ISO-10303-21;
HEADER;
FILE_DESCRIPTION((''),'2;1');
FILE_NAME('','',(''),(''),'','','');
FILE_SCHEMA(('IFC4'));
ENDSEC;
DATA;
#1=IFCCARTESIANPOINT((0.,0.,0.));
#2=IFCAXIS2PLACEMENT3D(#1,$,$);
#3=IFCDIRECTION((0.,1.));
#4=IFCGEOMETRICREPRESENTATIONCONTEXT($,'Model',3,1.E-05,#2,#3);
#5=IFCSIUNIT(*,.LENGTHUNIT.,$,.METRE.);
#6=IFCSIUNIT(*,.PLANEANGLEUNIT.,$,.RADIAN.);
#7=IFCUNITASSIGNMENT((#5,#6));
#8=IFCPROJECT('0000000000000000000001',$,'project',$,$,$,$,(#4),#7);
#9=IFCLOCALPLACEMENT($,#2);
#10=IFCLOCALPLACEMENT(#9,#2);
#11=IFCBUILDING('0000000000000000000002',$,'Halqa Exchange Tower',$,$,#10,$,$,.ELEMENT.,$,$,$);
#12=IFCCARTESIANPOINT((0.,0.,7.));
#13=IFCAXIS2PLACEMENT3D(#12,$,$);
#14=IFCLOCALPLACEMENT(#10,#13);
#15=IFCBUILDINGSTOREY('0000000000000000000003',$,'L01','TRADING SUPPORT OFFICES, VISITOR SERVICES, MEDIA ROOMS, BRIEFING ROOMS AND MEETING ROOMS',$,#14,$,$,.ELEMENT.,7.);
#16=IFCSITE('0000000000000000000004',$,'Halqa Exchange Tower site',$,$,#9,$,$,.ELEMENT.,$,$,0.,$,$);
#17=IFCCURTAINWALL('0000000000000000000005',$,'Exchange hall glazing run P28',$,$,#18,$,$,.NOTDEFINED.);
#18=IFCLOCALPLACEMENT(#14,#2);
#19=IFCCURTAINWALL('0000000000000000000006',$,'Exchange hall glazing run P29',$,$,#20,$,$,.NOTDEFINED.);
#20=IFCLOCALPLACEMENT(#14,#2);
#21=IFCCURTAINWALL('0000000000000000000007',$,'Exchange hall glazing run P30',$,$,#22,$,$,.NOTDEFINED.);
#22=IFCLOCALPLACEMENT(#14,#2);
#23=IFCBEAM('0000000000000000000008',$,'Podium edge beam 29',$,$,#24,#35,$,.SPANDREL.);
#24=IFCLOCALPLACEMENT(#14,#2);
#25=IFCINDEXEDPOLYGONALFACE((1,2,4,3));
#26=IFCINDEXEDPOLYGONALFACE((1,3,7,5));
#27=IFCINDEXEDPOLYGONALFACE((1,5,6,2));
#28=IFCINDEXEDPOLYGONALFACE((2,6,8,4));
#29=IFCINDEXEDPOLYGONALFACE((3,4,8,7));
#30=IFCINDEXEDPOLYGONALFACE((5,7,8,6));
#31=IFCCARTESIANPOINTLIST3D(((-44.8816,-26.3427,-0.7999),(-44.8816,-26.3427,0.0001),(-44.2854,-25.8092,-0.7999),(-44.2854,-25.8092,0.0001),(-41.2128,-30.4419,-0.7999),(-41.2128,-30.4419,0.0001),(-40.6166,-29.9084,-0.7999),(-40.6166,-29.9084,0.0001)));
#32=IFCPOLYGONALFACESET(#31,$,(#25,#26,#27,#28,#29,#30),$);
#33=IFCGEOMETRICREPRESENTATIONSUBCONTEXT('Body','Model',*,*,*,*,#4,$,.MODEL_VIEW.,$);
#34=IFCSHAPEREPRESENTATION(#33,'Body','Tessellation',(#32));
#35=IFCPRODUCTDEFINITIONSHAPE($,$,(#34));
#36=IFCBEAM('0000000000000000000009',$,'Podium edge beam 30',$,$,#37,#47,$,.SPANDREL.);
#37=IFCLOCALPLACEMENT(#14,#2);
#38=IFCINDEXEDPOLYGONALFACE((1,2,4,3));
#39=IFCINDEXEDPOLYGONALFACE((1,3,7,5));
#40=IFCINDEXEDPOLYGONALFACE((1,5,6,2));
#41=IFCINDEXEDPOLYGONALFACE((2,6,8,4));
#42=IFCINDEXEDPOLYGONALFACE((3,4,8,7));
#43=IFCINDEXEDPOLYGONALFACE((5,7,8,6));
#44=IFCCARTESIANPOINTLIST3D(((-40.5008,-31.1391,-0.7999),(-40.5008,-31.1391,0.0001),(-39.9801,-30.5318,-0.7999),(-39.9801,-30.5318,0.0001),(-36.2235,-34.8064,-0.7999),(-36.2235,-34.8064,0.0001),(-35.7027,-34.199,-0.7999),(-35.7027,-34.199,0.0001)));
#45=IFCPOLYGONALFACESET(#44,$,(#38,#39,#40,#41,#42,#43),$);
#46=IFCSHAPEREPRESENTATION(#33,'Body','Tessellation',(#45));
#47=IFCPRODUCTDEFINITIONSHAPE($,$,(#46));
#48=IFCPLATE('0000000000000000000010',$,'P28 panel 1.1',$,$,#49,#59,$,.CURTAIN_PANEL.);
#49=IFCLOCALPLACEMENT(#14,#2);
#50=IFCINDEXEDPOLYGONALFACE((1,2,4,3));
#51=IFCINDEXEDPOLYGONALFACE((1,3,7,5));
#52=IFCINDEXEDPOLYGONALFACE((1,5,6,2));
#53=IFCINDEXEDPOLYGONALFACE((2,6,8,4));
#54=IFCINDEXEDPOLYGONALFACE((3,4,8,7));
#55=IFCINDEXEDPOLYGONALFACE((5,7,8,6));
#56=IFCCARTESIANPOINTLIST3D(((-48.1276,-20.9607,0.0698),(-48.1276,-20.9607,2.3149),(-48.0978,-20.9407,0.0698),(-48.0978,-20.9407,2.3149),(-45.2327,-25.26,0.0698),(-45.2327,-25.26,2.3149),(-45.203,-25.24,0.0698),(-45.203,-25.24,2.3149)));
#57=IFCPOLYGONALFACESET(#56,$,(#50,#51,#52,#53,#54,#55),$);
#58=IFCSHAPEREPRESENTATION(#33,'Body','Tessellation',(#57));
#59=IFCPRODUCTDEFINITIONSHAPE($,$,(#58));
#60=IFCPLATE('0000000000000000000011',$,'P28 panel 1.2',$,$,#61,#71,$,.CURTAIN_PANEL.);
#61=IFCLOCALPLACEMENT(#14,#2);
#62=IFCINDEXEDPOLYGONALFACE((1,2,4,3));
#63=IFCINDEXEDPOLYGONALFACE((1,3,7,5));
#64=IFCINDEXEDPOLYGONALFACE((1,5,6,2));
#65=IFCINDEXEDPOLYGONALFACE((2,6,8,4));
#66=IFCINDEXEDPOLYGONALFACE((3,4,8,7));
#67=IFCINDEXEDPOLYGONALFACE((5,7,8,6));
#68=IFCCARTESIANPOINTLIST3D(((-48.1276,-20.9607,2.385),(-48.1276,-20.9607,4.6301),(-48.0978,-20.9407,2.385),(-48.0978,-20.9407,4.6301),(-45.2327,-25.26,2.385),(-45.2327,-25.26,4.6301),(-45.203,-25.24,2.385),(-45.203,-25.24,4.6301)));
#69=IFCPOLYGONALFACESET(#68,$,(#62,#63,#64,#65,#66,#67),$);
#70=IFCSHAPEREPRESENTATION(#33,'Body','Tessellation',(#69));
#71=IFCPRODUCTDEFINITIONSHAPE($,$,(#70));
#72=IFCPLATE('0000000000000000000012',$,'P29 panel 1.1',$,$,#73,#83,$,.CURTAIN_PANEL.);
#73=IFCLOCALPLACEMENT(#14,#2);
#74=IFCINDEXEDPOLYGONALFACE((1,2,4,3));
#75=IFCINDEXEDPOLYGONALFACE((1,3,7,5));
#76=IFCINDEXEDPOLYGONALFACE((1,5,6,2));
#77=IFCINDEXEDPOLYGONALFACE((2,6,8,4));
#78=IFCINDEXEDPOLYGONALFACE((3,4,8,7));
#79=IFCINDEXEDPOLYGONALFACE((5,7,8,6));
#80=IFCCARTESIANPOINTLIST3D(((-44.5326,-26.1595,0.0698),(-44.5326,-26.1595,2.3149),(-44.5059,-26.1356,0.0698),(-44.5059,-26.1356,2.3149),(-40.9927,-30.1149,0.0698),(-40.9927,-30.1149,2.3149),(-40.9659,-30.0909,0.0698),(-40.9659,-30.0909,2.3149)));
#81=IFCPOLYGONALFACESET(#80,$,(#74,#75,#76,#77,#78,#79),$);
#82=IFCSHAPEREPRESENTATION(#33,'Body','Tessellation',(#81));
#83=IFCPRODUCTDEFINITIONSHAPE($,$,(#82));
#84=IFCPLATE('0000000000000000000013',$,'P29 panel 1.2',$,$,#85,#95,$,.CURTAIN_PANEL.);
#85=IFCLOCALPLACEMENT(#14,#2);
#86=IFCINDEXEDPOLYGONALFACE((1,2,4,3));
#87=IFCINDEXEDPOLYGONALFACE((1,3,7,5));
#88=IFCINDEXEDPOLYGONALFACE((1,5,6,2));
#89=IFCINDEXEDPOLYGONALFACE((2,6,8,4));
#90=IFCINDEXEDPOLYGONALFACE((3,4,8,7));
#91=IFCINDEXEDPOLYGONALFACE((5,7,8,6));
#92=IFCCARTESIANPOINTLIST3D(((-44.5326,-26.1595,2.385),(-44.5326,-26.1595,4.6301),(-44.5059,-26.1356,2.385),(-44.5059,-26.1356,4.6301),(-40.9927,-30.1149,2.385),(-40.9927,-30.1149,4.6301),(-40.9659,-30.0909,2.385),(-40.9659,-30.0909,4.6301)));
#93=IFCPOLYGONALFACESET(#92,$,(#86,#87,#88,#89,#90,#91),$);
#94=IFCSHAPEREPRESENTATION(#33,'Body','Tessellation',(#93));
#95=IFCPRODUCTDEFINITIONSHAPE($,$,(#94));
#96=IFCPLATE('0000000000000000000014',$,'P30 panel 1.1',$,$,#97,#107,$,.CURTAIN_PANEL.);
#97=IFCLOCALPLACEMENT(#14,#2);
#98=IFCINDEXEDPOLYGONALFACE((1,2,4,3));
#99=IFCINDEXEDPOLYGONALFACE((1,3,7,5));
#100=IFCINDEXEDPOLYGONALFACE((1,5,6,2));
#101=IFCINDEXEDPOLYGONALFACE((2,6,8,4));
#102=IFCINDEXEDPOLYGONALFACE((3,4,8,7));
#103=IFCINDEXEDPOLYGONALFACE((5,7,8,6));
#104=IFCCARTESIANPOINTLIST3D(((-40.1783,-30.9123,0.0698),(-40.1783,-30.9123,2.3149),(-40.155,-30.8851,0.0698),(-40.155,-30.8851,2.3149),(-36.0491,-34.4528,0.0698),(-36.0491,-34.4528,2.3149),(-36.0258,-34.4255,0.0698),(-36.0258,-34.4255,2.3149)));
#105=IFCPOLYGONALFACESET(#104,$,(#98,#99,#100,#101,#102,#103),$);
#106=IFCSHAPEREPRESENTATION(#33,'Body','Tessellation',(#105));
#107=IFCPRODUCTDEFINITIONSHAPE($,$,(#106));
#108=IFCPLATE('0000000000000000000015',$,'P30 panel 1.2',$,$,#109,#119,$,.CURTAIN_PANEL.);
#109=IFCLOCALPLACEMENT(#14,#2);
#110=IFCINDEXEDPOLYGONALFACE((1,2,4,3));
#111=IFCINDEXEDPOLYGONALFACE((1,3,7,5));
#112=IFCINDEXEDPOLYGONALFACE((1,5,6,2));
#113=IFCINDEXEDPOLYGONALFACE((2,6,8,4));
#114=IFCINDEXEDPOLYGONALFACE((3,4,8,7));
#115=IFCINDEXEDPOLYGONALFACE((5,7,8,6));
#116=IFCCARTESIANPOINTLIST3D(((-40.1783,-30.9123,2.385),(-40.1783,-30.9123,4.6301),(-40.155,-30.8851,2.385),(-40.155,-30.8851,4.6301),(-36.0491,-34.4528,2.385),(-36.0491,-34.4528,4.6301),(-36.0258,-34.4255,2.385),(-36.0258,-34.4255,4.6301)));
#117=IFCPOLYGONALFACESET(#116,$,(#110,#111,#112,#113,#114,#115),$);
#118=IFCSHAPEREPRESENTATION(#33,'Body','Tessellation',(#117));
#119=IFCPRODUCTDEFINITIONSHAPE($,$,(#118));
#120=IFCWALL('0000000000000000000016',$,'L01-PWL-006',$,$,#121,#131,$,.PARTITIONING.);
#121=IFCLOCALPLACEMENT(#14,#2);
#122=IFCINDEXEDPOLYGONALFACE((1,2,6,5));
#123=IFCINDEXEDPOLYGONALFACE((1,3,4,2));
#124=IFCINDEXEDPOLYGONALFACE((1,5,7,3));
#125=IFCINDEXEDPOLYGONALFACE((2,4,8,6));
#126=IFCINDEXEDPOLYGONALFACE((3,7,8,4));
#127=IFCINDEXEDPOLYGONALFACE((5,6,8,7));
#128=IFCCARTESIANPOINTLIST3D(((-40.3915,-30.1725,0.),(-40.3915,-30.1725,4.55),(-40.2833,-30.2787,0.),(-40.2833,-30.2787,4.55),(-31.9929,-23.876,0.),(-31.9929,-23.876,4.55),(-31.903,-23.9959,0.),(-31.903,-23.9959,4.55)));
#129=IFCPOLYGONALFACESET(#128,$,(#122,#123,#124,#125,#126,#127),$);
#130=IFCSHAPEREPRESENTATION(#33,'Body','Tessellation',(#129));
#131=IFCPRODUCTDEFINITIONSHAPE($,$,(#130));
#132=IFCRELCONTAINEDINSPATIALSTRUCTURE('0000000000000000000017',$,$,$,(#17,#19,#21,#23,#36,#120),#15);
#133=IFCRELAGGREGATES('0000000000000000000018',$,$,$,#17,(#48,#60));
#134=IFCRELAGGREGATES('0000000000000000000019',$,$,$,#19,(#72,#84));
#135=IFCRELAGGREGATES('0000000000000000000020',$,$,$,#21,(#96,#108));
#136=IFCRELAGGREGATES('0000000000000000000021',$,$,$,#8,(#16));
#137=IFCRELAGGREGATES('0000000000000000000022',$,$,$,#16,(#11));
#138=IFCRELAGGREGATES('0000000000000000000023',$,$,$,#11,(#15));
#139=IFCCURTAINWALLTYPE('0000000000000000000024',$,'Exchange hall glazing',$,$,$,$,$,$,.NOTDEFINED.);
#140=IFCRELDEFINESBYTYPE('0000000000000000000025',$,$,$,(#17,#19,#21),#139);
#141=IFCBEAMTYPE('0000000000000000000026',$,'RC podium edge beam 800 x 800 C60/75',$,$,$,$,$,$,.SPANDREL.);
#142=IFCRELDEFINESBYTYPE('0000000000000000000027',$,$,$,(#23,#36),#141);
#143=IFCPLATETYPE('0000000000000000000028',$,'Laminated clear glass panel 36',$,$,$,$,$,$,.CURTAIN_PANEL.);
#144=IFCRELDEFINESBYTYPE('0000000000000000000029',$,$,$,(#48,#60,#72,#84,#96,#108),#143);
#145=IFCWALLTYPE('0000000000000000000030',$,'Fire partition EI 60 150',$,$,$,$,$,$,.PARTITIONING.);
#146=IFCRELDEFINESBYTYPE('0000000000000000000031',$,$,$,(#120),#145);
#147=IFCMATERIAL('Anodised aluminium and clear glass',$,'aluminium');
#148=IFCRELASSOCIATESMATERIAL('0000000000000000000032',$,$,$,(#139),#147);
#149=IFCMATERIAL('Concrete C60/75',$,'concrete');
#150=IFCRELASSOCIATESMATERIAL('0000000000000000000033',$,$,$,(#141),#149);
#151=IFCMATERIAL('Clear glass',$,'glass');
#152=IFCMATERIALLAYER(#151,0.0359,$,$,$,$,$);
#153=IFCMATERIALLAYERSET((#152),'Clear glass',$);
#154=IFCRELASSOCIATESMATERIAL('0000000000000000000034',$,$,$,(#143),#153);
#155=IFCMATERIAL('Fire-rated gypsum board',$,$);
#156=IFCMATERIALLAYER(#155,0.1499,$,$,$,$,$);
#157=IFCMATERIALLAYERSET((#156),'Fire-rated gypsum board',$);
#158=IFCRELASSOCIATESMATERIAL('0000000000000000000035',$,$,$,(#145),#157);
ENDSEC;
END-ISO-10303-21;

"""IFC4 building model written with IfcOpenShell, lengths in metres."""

from ifc_helpers import new_model, si_unit, direction, frame, origin, origin_2d, place, context, subcontext, project, spatial, polyline, rectangle, outline, extrude, material, layer, layer_set, material_profile, profile_set, type_object, element, aggregate, save


model = new_model("IFC4")

# Units and contexts
model_context = context("Model", 3, precision=1e-05, world=origin(), true_north=direction((0.0, 1.0)))
body_context = subcontext(model_context, "Body", "Model", "MODEL_VIEW")
ifc_project = project(units=[si_unit("LENGTHUNIT", "METRE"), si_unit("PLANEANGLEUNIT", "RADIAN")], contexts=[model_context])

# Site, building, storey
site_placement = place(None, origin())
site = spatial("IfcSite", under=ifc_project, at=site_placement, Name="Halqa Exchange Tower site", CompositionType="ELEMENT", RefElevation=0.0)
building_placement = place(site_placement, origin())
building = spatial("IfcBuilding", under=site, at=building_placement, Name="Halqa Exchange Tower", CompositionType="ELEMENT")
storey_placement = place(building_placement, frame((0.0, 0.0, 7.0)))
storey = spatial("IfcBuildingStorey", under=building, at=storey_placement, Name="L01", Description="TRADING SUPPORT OFFICES, VISITOR SERVICES, MEDIA ROOMS, BRIEFING ROOMS AND MEETING ROOMS", CompositionType="ELEMENT", Elevation=7.0)

# Shared definitions
ifc_material_1 = material(Name="Concrete C60/75", Category="concrete")

# Curtain wall
ifc_material_2 = material(Name="Anodised aluminium and clear glass", Category="aluminium")
curtain_wall_type = type_object("IfcCurtainWallType", Name="Exchange hall glazing", PredefinedType="NOTDEFINED", material=ifc_material_2)
curtain_wall_1_placement = place(storey_placement, origin())
curtain_wall_1 = element("IfcCurtainWall", 1, at=curtain_wall_1_placement, inside=storey, type_object=curtain_wall_type, Name="Exchange hall glazing run P28", PredefinedType="NOTDEFINED")

# Curtain walls
curtain_wall_2_placement = place(storey_placement, origin())
curtain_wall_2 = element("IfcCurtainWall", 2, at=curtain_wall_2_placement, inside=storey, type_object=curtain_wall_type, Name="Exchange hall glazing run P29", PredefinedType="NOTDEFINED")
curtain_wall_3_placement = place(storey_placement, origin())
curtain_wall_3 = element("IfcCurtainWall", 3, at=curtain_wall_3_placement, inside=storey, type_object=curtain_wall_type, Name="Exchange hall glazing run P30", PredefinedType="NOTDEFINED")

# Beams
ifc_material_profile_1 = material_profile(ifc_material_1, rectangle(XDim=0.8, YDim=0.8, at=origin_2d()), Name="800 x 800")
ifc_profile_set_1 = profile_set([ifc_material_profile_1], Name="Concrete C60/75")
beam_type = type_object("IfcBeamType", Name="RC podium edge beam 800 x 800 C60/75", PredefinedType="SPANDREL", material=ifc_profile_set_1)
beam_1_placement = place(storey_placement, frame((-44.5835, -26.0759, -0.3999), z_axis=(0.666903, -0.745145, 0.0), x_axis=(0.745145, 0.666903, 0.0)))
element("IfcBeam", 4, at=beam_1_placement, inside=storey, type_object=beam_type, Name="Podium edge beam 29", PredefinedType="SPANDREL", context=body_context, shape_type="SweptSolid", body=[
    extrude(rectangle(XDim=0.8, YDim=0.8, at=origin_2d()), origin(), (0.0, 0.0, 1.0), 5.5012),
])
beam_2_placement = place(storey_placement, frame((-40.2405, -30.8354, -0.3999), z_axis=(0.759174, -0.650888, 0.0), x_axis=(0.650888, 0.759174, 0.0)))
element("IfcBeam", 5, at=beam_2_placement, inside=storey, type_object=beam_type, Name="Podium edge beam 30", PredefinedType="SPANDREL", context=body_context, shape_type="SweptSolid", body=[
    extrude(rectangle(XDim=0.8, YDim=0.8, at=origin_2d()), origin(), (0.0, 0.0, 1.0), 5.6343),
])

# Plates
ifc_material_3 = material(Name="Clear glass", Category="glass")
ifc_layer_1 = layer(ifc_material_3, 0.0359)
ifc_layer_set_1 = layer_set([ifc_layer_1], Name="Clear glass")
plate_type = type_object("IfcPlateType", Name="Laminated clear glass panel 36", PredefinedType="CURTAIN_PANEL", material=ifc_layer_set_1)
plate_1_placement = place(storey_placement, frame((-46.6653, -23.1003, 0.0698), z_axis=(0.0, 0.0, 1.0), x_axis=(0.558522, -0.82949, 0.0)))
plate_1 = element("IfcPlate", 6, at=plate_1_placement, type_object=plate_type, Name="P28 panel 1.1", PredefinedType="CURTAIN_PANEL", context=body_context, shape_type="SweptSolid", body=[
    extrude(rectangle(XDim=5.1831, YDim=0.0359, at=origin_2d()), origin(), (0.0, 0.0, 1.0), 2.2451),
])
plate_2_placement = place(storey_placement, frame((-46.6653, -23.1003, 2.385), z_axis=(0.0, 0.0, 1.0), x_axis=(0.558522, -0.82949, 0.0)))
plate_2 = element("IfcPlate", 7, at=plate_2_placement, type_object=plate_type, Name="P28 panel 1.2", PredefinedType="CURTAIN_PANEL", context=body_context, shape_type="SweptSolid", body=[
    extrude(rectangle(XDim=5.1831, YDim=0.0359, at=origin_2d()), origin(), (0.0, 0.0, 1.0), 2.2451),
])
aggregate(curtain_wall_1, [plate_1, plate_2])
plate_3_placement = place(storey_placement, frame((-42.7493, -28.1252, 0.0698), z_axis=(0.0, 0.0, 1.0), x_axis=(0.666899, -0.745148, 0.0)))
plate_3 = element("IfcPlate", 8, at=plate_3_placement, type_object=plate_type, Name="P29 panel 1.1", PredefinedType="CURTAIN_PANEL", context=body_context, shape_type="SweptSolid", body=[
    extrude(rectangle(XDim=5.3081, YDim=0.0359, at=origin_2d()), origin(), (0.0, 0.0, 1.0), 2.2451),
])
plate_4_placement = place(storey_placement, frame((-42.7493, -28.1252, 2.385), z_axis=(0.0, 0.0, 1.0), x_axis=(0.666899, -0.745148, 0.0)))
plate_4 = element("IfcPlate", 9, at=plate_4_placement, type_object=plate_type, Name="P29 panel 1.2", PredefinedType="CURTAIN_PANEL", context=body_context, shape_type="SweptSolid", body=[
    extrude(rectangle(XDim=5.3081, YDim=0.0359, at=origin_2d()), origin(), (0.0, 0.0, 1.0), 2.2451),
])
aggregate(curtain_wall_2, [plate_3, plate_4])
plate_5_placement = place(storey_placement, frame((-38.1021, -32.6689, 0.0698), z_axis=(0.0, 0.0, 1.0), x_axis=(0.759154, -0.650911, 0.0)))
plate_5 = element("IfcPlate", 10, at=plate_5_placement, type_object=plate_type, Name="P30 panel 1.1", PredefinedType="CURTAIN_PANEL", context=body_context, shape_type="SweptSolid", body=[
    extrude(rectangle(XDim=5.4392, YDim=0.0359, at=origin_2d()), origin(), (0.0, 0.0, 1.0), 2.2451),
])
plate_6_placement = place(storey_placement, frame((-38.1021, -32.6689, 2.385), z_axis=(0.0, 0.0, 1.0), x_axis=(0.759154, -0.650911, 0.0)))
plate_6 = element("IfcPlate", 11, at=plate_6_placement, type_object=plate_type, Name="P30 panel 1.2", PredefinedType="CURTAIN_PANEL", context=body_context, shape_type="SweptSolid", body=[
    extrude(rectangle(XDim=5.4392, YDim=0.0359, at=origin_2d()), origin(), (0.0, 0.0, 1.0), 2.2451),
])
aggregate(curtain_wall_3, [plate_5, plate_6])

# Wall
ifc_material_4 = material(Name="Fire-rated gypsum board")
ifc_layer_2 = layer(ifc_material_4, 0.1499)
ifc_layer_set_2 = layer_set([ifc_layer_2], Name="Fire-rated gypsum board")
wall_type = type_object("IfcWallType", Name="Fire partition EI 60 150", PredefinedType="PARTITIONING", material=ifc_layer_set_2)
wall_placement = place(storey_placement, frame((-40.3374, -30.2256, 0.0), z_axis=(0.0, 0.0, 1.0), x_axis=(0.800115, 0.599847, 0.0)))
element("IfcWall", 12, at=wall_placement, inside=storey, type_object=wall_type, Name="L01-PWL-006", PredefinedType="PARTITIONING", context=body_context, shape_type="SweptSolid", body=[
    extrude(outline(polyline([(0.0115, -0.075), (10.4854, -0.075), (10.4854, 0.075), (-0.0115, 0.075), (0.0115, -0.075)])), origin(), (0.0, 0.0, 1.0), 4.55),
])

save(model, "model.ifc")
